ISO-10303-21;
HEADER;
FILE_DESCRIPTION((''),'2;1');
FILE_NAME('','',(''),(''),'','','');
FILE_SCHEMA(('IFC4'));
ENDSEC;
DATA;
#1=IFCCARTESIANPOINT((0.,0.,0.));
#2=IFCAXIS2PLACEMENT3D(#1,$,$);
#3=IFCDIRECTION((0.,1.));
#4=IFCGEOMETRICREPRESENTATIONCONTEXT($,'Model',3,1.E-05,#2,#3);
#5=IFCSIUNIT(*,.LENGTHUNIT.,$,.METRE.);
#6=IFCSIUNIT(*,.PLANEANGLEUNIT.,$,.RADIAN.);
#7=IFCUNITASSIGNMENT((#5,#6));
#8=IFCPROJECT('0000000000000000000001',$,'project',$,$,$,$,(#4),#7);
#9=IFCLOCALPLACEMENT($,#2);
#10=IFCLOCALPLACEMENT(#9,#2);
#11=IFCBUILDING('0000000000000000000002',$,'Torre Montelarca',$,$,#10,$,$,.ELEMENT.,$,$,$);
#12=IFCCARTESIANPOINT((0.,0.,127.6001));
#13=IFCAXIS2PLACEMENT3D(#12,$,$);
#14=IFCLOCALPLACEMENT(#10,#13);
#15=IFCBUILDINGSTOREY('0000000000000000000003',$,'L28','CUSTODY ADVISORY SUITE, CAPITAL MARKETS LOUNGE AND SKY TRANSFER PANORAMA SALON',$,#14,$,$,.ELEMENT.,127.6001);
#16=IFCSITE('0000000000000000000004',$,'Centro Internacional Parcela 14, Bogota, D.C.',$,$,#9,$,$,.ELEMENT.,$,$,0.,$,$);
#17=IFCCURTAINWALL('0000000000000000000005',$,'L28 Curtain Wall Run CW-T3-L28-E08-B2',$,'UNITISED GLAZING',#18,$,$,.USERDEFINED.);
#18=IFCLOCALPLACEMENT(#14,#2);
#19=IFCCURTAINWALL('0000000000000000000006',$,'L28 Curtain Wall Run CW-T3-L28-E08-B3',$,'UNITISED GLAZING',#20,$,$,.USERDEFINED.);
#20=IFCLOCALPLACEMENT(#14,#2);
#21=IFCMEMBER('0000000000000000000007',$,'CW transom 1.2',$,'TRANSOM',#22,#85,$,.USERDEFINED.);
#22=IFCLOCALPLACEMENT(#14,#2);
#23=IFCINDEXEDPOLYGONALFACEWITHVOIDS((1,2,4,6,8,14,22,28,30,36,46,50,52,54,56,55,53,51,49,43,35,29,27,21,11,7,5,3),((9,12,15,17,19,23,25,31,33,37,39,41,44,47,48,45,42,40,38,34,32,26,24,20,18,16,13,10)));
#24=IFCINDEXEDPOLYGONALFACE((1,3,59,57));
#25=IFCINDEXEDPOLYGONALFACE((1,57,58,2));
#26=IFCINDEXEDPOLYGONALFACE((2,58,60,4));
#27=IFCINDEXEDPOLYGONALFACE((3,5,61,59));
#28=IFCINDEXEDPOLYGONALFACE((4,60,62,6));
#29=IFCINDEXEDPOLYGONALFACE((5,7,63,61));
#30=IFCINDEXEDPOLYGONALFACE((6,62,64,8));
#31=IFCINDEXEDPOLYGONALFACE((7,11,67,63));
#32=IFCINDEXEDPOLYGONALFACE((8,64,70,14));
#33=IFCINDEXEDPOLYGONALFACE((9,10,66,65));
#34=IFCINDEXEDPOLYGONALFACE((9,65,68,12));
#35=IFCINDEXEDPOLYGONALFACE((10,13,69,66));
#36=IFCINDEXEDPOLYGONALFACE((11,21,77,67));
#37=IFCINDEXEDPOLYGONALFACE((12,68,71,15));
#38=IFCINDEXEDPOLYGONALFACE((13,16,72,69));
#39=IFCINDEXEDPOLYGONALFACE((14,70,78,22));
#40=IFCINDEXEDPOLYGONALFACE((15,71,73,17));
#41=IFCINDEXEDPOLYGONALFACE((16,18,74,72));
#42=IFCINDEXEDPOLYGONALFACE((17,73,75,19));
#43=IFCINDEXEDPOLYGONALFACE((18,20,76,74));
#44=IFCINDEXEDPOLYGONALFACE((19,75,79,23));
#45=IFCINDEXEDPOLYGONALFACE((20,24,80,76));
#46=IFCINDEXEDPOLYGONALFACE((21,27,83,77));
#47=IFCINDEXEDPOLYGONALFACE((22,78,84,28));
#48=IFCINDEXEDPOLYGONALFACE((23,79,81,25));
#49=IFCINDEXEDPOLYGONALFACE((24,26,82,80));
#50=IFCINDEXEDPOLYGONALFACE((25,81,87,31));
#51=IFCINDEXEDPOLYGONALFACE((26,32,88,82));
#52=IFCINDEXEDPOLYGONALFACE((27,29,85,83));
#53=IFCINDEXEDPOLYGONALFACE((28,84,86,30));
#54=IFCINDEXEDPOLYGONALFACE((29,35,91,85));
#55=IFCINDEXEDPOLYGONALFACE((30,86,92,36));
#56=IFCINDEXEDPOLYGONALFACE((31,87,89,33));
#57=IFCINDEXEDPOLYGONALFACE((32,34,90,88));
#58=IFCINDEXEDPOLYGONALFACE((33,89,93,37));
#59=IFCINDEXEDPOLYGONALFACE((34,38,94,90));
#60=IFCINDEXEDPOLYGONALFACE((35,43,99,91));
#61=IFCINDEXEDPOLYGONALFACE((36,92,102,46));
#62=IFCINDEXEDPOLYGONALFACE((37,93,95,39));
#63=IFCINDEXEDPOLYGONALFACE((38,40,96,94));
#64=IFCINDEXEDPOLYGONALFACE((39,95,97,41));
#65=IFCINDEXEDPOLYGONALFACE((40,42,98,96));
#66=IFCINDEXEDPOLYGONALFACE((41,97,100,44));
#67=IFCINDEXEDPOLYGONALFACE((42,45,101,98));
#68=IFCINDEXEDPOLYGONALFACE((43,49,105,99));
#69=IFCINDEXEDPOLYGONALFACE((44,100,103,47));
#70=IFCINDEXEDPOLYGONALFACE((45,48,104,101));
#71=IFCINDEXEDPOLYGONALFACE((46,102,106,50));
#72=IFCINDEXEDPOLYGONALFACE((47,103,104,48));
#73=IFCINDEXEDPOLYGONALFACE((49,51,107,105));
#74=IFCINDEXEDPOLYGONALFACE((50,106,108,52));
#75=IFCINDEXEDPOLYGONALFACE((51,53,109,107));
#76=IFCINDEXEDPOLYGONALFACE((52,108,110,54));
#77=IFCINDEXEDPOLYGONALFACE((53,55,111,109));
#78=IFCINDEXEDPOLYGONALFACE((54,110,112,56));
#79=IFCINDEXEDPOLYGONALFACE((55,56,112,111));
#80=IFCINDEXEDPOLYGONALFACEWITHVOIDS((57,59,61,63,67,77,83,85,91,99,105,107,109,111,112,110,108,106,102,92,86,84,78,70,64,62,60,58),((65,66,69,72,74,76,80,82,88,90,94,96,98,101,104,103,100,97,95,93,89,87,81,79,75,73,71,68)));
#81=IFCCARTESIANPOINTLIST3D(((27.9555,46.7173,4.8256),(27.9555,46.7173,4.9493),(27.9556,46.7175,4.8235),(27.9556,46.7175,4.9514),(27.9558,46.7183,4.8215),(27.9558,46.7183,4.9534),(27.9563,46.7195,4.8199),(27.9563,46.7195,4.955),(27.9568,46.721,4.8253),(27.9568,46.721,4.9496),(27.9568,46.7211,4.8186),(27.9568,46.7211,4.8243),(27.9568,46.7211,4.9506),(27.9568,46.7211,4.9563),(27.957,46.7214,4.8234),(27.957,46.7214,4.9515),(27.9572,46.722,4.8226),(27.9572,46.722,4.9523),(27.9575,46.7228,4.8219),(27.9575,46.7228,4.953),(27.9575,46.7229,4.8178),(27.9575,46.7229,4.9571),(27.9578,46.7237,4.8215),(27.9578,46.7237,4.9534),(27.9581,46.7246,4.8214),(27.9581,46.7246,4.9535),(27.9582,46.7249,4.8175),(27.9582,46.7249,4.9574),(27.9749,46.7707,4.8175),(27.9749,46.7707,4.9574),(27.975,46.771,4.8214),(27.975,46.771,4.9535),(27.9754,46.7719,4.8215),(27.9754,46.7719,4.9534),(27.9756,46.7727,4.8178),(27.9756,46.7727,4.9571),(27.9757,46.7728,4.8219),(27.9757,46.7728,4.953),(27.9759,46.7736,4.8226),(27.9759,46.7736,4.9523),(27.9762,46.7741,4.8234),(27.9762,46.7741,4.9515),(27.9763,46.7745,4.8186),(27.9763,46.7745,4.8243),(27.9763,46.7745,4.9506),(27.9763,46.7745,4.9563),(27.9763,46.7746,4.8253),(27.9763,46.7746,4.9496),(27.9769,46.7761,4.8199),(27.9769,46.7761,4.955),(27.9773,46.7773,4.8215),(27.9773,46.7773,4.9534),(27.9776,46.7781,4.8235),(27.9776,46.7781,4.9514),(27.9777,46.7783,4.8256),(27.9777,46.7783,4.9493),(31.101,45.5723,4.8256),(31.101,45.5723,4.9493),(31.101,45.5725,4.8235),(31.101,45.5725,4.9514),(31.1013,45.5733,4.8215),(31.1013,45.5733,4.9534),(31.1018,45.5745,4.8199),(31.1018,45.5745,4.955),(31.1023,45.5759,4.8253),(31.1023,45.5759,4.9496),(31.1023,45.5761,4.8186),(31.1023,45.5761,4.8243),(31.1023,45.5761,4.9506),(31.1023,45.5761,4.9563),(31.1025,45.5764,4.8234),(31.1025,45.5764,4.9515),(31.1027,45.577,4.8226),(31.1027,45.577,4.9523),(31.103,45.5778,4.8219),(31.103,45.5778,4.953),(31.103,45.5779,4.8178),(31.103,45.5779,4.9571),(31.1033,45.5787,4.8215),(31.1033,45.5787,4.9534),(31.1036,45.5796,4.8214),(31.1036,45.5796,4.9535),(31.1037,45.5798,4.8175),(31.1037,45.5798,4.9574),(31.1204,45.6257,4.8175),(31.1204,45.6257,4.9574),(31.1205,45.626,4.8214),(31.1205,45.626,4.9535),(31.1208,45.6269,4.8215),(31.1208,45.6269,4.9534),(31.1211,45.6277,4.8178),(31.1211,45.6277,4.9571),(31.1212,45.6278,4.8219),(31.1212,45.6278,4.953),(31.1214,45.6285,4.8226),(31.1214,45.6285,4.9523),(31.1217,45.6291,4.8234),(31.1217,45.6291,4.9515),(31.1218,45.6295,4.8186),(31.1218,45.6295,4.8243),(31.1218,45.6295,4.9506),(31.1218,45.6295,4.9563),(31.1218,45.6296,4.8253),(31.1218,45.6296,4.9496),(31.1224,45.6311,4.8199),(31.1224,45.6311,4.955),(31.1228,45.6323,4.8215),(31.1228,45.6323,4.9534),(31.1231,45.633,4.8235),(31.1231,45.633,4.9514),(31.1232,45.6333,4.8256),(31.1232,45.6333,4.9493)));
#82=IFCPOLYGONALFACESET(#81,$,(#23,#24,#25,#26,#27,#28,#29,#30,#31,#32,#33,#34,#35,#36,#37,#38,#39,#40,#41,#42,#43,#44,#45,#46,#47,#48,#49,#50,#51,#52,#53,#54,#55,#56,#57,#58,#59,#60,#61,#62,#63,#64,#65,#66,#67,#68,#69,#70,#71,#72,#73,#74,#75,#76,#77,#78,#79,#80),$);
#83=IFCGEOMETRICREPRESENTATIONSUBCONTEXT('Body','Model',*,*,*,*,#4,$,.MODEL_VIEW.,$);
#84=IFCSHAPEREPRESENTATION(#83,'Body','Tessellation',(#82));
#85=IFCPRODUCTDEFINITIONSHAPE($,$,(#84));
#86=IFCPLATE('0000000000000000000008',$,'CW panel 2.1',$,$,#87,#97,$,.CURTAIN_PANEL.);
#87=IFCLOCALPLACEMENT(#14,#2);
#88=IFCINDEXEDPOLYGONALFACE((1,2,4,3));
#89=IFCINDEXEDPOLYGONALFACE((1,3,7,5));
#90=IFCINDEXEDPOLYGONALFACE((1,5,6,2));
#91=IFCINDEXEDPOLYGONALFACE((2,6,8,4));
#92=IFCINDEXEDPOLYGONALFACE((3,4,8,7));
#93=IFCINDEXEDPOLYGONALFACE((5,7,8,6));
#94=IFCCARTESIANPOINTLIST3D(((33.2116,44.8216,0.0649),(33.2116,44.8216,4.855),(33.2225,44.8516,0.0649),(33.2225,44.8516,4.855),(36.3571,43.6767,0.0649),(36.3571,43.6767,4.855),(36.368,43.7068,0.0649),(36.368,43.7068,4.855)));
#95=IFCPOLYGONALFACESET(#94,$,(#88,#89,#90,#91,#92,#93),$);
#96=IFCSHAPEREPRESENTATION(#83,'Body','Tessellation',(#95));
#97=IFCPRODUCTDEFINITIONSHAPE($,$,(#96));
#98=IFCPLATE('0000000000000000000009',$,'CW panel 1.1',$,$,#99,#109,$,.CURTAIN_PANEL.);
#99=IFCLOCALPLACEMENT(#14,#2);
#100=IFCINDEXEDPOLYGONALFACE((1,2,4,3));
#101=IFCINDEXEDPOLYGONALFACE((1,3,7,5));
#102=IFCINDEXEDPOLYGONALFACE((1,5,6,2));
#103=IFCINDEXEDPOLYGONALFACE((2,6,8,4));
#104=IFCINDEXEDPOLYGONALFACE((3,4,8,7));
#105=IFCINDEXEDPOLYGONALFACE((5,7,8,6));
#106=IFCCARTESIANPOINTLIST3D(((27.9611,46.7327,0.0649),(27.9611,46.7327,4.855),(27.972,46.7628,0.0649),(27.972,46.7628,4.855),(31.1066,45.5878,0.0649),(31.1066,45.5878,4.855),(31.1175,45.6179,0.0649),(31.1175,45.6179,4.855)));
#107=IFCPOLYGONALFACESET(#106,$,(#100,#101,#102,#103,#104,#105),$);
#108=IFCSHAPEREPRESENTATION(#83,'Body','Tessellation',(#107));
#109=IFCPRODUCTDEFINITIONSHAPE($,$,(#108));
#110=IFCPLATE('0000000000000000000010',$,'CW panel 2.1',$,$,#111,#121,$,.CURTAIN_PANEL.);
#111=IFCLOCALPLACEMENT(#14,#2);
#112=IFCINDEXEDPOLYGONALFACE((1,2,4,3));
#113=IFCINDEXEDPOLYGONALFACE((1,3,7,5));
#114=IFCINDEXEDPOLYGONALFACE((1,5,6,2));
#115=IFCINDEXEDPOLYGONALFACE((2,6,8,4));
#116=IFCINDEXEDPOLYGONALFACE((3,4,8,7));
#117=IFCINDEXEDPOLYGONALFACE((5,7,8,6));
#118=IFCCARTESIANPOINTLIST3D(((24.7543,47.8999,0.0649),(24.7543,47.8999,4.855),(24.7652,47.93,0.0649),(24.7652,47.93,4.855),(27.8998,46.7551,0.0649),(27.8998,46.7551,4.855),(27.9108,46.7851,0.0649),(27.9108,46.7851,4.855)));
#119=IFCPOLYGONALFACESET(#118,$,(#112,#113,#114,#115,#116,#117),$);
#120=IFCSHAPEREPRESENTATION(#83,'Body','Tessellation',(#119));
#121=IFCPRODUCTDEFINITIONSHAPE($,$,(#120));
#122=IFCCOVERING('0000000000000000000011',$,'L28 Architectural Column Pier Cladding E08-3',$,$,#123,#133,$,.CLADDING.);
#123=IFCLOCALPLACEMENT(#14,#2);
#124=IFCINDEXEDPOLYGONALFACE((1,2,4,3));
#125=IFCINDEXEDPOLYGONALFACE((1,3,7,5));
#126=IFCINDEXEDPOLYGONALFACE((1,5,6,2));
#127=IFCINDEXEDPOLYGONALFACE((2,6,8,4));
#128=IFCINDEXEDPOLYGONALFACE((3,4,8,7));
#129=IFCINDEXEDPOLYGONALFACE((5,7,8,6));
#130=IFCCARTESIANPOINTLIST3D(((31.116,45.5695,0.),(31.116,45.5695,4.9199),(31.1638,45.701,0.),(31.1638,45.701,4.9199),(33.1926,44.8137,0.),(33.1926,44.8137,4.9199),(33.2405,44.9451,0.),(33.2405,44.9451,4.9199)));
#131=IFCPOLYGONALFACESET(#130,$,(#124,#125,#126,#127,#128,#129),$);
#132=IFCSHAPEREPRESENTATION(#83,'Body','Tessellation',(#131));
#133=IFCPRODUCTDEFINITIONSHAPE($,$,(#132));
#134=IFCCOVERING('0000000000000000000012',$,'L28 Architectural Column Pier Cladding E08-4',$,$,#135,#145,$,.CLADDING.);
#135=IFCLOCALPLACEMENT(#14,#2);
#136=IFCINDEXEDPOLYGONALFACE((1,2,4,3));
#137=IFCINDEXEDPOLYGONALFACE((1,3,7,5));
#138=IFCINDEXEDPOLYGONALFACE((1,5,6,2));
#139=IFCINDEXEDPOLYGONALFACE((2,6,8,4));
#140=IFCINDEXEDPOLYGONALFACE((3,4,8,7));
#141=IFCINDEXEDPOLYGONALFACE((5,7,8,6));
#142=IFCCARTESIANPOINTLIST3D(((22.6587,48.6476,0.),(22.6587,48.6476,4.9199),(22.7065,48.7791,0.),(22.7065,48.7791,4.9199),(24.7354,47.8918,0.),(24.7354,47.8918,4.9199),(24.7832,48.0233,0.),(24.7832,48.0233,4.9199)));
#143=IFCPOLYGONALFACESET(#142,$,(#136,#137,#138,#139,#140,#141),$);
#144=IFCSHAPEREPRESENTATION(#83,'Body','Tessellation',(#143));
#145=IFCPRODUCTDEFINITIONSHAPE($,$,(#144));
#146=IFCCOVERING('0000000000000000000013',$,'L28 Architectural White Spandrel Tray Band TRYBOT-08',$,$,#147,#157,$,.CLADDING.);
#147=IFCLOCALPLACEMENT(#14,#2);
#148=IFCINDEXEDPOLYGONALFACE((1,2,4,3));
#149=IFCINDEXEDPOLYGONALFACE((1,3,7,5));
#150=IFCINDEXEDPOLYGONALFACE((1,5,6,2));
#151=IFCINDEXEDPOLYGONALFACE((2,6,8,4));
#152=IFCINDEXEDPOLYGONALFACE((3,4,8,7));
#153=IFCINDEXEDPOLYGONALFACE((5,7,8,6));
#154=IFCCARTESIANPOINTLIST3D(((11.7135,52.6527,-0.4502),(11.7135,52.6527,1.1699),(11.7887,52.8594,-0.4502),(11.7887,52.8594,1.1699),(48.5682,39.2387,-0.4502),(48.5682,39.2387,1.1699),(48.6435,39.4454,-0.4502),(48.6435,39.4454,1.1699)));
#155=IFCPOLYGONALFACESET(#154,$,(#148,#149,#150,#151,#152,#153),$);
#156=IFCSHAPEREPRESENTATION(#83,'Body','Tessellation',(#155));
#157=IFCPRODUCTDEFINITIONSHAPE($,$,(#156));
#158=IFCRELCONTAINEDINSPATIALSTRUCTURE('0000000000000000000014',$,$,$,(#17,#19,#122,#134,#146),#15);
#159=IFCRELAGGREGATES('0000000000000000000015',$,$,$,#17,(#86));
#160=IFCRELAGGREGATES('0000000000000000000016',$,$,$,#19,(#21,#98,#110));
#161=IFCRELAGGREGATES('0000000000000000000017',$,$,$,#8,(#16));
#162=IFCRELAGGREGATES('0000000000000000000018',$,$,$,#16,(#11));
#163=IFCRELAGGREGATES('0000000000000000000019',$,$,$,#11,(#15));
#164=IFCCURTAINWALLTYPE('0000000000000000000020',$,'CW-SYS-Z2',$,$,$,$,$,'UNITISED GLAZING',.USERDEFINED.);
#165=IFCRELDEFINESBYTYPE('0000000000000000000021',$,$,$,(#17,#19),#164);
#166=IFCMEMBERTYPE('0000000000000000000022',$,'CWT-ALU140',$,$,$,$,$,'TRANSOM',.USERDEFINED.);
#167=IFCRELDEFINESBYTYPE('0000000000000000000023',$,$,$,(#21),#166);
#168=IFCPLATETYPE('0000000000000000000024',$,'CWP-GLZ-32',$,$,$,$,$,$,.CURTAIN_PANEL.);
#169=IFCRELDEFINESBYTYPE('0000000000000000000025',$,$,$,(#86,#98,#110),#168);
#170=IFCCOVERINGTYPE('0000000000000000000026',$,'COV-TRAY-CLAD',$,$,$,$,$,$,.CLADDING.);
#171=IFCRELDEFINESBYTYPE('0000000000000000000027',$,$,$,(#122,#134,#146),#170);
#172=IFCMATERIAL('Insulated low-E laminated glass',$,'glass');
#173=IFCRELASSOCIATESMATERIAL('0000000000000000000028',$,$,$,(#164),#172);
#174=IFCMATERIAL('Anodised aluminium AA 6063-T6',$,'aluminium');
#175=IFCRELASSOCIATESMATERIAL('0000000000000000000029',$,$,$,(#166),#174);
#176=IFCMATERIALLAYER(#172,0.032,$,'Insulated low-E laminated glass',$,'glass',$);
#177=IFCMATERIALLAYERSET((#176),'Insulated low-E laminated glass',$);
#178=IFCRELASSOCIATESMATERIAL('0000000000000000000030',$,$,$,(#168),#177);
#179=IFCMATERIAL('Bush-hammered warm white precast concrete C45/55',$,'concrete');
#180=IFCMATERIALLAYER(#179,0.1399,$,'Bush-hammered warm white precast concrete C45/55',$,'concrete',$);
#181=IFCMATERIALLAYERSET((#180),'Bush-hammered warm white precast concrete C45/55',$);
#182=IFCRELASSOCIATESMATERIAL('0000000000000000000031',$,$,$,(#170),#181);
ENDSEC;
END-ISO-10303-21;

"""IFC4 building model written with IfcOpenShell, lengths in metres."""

from ifc_helpers import new_model, si_unit, direction, frame, origin, origin_2d, place, context, subcontext, project, spatial, rectangle, hollow_rectangle, extrude, source, transform, mapped, material, layer, layer_set, material_profile, profile_set, type_object, element, aggregate, save


model = new_model("IFC4")

# Units and contexts
model_context = context("Model", 3, precision=1e-05, world=origin(), true_north=direction((0.0, 1.0)))
body_context = subcontext(model_context, "Body", "Model", "MODEL_VIEW")
ifc_project = project(units=[si_unit("LENGTHUNIT", "METRE"), si_unit("PLANEANGLEUNIT", "RADIAN")], contexts=[model_context])

# Site, building, storey
site_placement = place(None, origin())
site = spatial("IfcSite", under=ifc_project, at=site_placement, Name="Centro Internacional Parcela 14, Bogota, D.C.", CompositionType="ELEMENT", RefElevation=0.0)
building_placement = place(site_placement, origin())
building = spatial("IfcBuilding", under=site, at=building_placement, Name="Torre Montelarca", CompositionType="ELEMENT")
storey_placement = place(building_placement, frame((0.0, 0.0, 127.6001)))
storey = spatial("IfcBuildingStorey", under=building, at=storey_placement, Name="L28", Description="CUSTODY ADVISORY SUITE, CAPITAL MARKETS LOUNGE AND SKY TRANSFER PANORAMA SALON", CompositionType="ELEMENT", Elevation=127.6001)

# Curtain wall
ifc_material_1 = material(Name="Insulated low-E laminated glass", Category="glass")
curtain_wall_type = type_object("IfcCurtainWallType", Name="CW-SYS-Z2", ElementType="UNITISED GLAZING", PredefinedType="USERDEFINED", material=ifc_material_1)
curtain_wall_1_placement = place(storey_placement, origin())
curtain_wall_1 = element("IfcCurtainWall", 1, at=curtain_wall_1_placement, inside=storey, type_object=curtain_wall_type, Name="L28 Curtain Wall Run CW-T3-L28-E08-B2", ObjectType="UNITISED GLAZING", PredefinedType="USERDEFINED")
ifc_material_2 = material(Name="Anodised aluminium AA 6063-T6", Category="aluminium")

# Curtain wall
curtain_wall_2_placement = place(storey_placement, origin())
curtain_wall_2 = element("IfcCurtainWall", 2, at=curtain_wall_2_placement, inside=storey, type_object=curtain_wall_type, Name="L28 Curtain Wall Run CW-T3-L28-E08-B3", ObjectType="UNITISED GLAZING", PredefinedType="USERDEFINED")
ifc_material_profile_1 = material_profile(ifc_material_2, hollow_rectangle(XDim=0.0649, YDim=0.1399, WallThickness=0.0039, InnerFilletRadius=0.0039, OuterFilletRadius=0.0081, at=origin_2d()), Name="ALU65X140X4", Category="aluminium")
ifc_profile_set_1 = profile_set([ifc_material_profile_1], Name="Anodised aluminium AA 6063-T6")
member_type_1 = type_object("IfcMemberType", Name="CWT-ALU140", ElementType="TRANSOM", PredefinedType="USERDEFINED", material=ifc_profile_set_1)

# Member
shared_shape_1 = source(origin(), body_context, "Body", "SweptSolid", [
    extrude(hollow_rectangle(XDim=0.0649, YDim=0.1399, WallThickness=0.0039, InnerFilletRadius=0.0039, OuterFilletRadius=0.0081, at=origin_2d()), origin(), (0.0, 0.0, 1.0), 3.3474),
])
member_1_placement = place(storey_placement, frame((31.1121, 45.6028, 4.8875), z_axis=(-0.939678, 0.342059, 0.0), x_axis=(-0.342059, -0.939678, 0.0)))
member_1 = element("IfcMember", 3, at=member_1_placement, type_object=member_type_1, Name="CW transom 1.2", ObjectType="TRANSOM", PredefinedType="USERDEFINED", context=body_context, shape_type="MappedRepresentation", body=[
    mapped(shared_shape_1, transform((0.0, 0.0, 0.0), scale=1.0)),
])

# Plates
ifc_layer_1 = layer(ifc_material_1, 0.032, Name="Insulated low-E laminated glass", Category="glass")
ifc_layer_set_1 = layer_set([ifc_layer_1], Name="Insulated low-E laminated glass")
plate_type = type_object("IfcPlateType", Name="CWP-GLZ-32", PredefinedType="CURTAIN_PANEL", material=ifc_layer_set_1)
shared_shape_2 = source(origin(), body_context, "Body", "SweptSolid", [
    extrude(rectangle(XDim=3.3474, YDim=0.032, at=origin_2d()), origin(), (0.0, 0.0, 1.0), 4.79),
])
plate_1_placement = place(storey_placement, frame((34.7898, 44.2642, 0.0649), z_axis=(0.0, 0.0, 1.0), x_axis=(-0.939694, 0.342017, 0.0)))
plate_1 = element("IfcPlate", 4, at=plate_1_placement, type_object=plate_type, Name="CW panel 2.1", PredefinedType="CURTAIN_PANEL", context=body_context, shape_type="MappedRepresentation", body=[
    mapped(shared_shape_2, transform((0.0, 0.0, 0.0), scale=1.0)),
])
aggregate(curtain_wall_1, [plate_1])
plate_2_placement = place(storey_placement, frame((29.5393, 46.1753, 0.0649), z_axis=(0.0, 0.0, 1.0), x_axis=(-0.939694, 0.342017, 0.0)))
plate_2 = element("IfcPlate", 5, at=plate_2_placement, type_object=plate_type, Name="CW panel 1.1", PredefinedType="CURTAIN_PANEL", context=body_context, shape_type="MappedRepresentation", body=[
    mapped(shared_shape_2, transform((0.0, 0.0, 0.0), scale=1.0)),
])
plate_3_placement = place(storey_placement, frame((26.3325, 47.3425, 0.0649), z_axis=(0.0, 0.0, 1.0), x_axis=(-0.939694, 0.342017, 0.0)))
plate_3 = element("IfcPlate", 6, at=plate_3_placement, type_object=plate_type, Name="CW panel 2.1", PredefinedType="CURTAIN_PANEL", context=body_context, shape_type="MappedRepresentation", body=[
    mapped(shared_shape_2, transform((0.0, 0.0, 0.0), scale=1.0)),
])
aggregate(curtain_wall_2, [member_1, plate_2, plate_3])

# Coverings
ifc_material_3 = material(Name="Bush-hammered warm white precast concrete C45/55", Category="concrete")
ifc_layer_2 = layer(ifc_material_3, 0.1399, Name="Bush-hammered warm white precast concrete C45/55", Category="concrete")
ifc_layer_set_2 = layer_set([ifc_layer_2], Name="Bush-hammered warm white precast concrete C45/55")
covering_type = type_object("IfcCoveringType", Name="COV-TRAY-CLAD", PredefinedType="CLADDING", material=ifc_layer_set_2)
shared_shape_3 = source(origin(), body_context, "Body", "SweptSolid", [
    extrude(rectangle(XDim=2.21, YDim=0.1399, at=origin_2d()), origin(), (0.0, 0.0, 1.0), 4.9199),
])
for number, where, z_axis, x_axis, name in (
    (7, (32.1782, 45.2573, 0.0), (0.0, 0.0, 1.0), (-0.939694, 0.342017, 0.0), "L28 Architectural Column Pier Cladding E08-3"),
    (8, (23.7209, 48.3354, 0.0), (0.0, 0.0, 1.0), (-0.939694, 0.342017, 0.0), "L28 Architectural Column Pier Cladding E08-4"),
):
    element("IfcCovering", number, at=place(storey_placement, frame(where, z_axis=z_axis, x_axis=x_axis)), inside=storey, type_object=covering_type, Name=name, PredefinedType="CLADDING", context=body_context, shape_type="MappedRepresentation", body=[
        mapped(shared_shape_3, transform((0.0, 0.0, 0.0), scale=1.0)),
    ])
shared_shape_4 = source(origin(), body_context, "Body", "SweptSolid", [
    extrude(rectangle(XDim=39.22, YDim=0.22, at=origin_2d()), origin(), (0.0, 0.0, 1.0), 1.6201),
])
covering_placement = place(storey_placement, frame((30.1785, 46.0491, -0.4502), z_axis=(0.0, 0.0, 1.0), x_axis=(-0.939693, 0.342019, 0.0)))
element("IfcCovering", 9, at=covering_placement, inside=storey, type_object=covering_type, Name="L28 Architectural White Spandrel Tray Band TRYBOT-08", PredefinedType="CLADDING", context=body_context, shape_type="MappedRepresentation", body=[
    mapped(shared_shape_4, transform((0.0, 0.0, 0.0), scale=1.0)),
])

save(model, "model.ifc")
